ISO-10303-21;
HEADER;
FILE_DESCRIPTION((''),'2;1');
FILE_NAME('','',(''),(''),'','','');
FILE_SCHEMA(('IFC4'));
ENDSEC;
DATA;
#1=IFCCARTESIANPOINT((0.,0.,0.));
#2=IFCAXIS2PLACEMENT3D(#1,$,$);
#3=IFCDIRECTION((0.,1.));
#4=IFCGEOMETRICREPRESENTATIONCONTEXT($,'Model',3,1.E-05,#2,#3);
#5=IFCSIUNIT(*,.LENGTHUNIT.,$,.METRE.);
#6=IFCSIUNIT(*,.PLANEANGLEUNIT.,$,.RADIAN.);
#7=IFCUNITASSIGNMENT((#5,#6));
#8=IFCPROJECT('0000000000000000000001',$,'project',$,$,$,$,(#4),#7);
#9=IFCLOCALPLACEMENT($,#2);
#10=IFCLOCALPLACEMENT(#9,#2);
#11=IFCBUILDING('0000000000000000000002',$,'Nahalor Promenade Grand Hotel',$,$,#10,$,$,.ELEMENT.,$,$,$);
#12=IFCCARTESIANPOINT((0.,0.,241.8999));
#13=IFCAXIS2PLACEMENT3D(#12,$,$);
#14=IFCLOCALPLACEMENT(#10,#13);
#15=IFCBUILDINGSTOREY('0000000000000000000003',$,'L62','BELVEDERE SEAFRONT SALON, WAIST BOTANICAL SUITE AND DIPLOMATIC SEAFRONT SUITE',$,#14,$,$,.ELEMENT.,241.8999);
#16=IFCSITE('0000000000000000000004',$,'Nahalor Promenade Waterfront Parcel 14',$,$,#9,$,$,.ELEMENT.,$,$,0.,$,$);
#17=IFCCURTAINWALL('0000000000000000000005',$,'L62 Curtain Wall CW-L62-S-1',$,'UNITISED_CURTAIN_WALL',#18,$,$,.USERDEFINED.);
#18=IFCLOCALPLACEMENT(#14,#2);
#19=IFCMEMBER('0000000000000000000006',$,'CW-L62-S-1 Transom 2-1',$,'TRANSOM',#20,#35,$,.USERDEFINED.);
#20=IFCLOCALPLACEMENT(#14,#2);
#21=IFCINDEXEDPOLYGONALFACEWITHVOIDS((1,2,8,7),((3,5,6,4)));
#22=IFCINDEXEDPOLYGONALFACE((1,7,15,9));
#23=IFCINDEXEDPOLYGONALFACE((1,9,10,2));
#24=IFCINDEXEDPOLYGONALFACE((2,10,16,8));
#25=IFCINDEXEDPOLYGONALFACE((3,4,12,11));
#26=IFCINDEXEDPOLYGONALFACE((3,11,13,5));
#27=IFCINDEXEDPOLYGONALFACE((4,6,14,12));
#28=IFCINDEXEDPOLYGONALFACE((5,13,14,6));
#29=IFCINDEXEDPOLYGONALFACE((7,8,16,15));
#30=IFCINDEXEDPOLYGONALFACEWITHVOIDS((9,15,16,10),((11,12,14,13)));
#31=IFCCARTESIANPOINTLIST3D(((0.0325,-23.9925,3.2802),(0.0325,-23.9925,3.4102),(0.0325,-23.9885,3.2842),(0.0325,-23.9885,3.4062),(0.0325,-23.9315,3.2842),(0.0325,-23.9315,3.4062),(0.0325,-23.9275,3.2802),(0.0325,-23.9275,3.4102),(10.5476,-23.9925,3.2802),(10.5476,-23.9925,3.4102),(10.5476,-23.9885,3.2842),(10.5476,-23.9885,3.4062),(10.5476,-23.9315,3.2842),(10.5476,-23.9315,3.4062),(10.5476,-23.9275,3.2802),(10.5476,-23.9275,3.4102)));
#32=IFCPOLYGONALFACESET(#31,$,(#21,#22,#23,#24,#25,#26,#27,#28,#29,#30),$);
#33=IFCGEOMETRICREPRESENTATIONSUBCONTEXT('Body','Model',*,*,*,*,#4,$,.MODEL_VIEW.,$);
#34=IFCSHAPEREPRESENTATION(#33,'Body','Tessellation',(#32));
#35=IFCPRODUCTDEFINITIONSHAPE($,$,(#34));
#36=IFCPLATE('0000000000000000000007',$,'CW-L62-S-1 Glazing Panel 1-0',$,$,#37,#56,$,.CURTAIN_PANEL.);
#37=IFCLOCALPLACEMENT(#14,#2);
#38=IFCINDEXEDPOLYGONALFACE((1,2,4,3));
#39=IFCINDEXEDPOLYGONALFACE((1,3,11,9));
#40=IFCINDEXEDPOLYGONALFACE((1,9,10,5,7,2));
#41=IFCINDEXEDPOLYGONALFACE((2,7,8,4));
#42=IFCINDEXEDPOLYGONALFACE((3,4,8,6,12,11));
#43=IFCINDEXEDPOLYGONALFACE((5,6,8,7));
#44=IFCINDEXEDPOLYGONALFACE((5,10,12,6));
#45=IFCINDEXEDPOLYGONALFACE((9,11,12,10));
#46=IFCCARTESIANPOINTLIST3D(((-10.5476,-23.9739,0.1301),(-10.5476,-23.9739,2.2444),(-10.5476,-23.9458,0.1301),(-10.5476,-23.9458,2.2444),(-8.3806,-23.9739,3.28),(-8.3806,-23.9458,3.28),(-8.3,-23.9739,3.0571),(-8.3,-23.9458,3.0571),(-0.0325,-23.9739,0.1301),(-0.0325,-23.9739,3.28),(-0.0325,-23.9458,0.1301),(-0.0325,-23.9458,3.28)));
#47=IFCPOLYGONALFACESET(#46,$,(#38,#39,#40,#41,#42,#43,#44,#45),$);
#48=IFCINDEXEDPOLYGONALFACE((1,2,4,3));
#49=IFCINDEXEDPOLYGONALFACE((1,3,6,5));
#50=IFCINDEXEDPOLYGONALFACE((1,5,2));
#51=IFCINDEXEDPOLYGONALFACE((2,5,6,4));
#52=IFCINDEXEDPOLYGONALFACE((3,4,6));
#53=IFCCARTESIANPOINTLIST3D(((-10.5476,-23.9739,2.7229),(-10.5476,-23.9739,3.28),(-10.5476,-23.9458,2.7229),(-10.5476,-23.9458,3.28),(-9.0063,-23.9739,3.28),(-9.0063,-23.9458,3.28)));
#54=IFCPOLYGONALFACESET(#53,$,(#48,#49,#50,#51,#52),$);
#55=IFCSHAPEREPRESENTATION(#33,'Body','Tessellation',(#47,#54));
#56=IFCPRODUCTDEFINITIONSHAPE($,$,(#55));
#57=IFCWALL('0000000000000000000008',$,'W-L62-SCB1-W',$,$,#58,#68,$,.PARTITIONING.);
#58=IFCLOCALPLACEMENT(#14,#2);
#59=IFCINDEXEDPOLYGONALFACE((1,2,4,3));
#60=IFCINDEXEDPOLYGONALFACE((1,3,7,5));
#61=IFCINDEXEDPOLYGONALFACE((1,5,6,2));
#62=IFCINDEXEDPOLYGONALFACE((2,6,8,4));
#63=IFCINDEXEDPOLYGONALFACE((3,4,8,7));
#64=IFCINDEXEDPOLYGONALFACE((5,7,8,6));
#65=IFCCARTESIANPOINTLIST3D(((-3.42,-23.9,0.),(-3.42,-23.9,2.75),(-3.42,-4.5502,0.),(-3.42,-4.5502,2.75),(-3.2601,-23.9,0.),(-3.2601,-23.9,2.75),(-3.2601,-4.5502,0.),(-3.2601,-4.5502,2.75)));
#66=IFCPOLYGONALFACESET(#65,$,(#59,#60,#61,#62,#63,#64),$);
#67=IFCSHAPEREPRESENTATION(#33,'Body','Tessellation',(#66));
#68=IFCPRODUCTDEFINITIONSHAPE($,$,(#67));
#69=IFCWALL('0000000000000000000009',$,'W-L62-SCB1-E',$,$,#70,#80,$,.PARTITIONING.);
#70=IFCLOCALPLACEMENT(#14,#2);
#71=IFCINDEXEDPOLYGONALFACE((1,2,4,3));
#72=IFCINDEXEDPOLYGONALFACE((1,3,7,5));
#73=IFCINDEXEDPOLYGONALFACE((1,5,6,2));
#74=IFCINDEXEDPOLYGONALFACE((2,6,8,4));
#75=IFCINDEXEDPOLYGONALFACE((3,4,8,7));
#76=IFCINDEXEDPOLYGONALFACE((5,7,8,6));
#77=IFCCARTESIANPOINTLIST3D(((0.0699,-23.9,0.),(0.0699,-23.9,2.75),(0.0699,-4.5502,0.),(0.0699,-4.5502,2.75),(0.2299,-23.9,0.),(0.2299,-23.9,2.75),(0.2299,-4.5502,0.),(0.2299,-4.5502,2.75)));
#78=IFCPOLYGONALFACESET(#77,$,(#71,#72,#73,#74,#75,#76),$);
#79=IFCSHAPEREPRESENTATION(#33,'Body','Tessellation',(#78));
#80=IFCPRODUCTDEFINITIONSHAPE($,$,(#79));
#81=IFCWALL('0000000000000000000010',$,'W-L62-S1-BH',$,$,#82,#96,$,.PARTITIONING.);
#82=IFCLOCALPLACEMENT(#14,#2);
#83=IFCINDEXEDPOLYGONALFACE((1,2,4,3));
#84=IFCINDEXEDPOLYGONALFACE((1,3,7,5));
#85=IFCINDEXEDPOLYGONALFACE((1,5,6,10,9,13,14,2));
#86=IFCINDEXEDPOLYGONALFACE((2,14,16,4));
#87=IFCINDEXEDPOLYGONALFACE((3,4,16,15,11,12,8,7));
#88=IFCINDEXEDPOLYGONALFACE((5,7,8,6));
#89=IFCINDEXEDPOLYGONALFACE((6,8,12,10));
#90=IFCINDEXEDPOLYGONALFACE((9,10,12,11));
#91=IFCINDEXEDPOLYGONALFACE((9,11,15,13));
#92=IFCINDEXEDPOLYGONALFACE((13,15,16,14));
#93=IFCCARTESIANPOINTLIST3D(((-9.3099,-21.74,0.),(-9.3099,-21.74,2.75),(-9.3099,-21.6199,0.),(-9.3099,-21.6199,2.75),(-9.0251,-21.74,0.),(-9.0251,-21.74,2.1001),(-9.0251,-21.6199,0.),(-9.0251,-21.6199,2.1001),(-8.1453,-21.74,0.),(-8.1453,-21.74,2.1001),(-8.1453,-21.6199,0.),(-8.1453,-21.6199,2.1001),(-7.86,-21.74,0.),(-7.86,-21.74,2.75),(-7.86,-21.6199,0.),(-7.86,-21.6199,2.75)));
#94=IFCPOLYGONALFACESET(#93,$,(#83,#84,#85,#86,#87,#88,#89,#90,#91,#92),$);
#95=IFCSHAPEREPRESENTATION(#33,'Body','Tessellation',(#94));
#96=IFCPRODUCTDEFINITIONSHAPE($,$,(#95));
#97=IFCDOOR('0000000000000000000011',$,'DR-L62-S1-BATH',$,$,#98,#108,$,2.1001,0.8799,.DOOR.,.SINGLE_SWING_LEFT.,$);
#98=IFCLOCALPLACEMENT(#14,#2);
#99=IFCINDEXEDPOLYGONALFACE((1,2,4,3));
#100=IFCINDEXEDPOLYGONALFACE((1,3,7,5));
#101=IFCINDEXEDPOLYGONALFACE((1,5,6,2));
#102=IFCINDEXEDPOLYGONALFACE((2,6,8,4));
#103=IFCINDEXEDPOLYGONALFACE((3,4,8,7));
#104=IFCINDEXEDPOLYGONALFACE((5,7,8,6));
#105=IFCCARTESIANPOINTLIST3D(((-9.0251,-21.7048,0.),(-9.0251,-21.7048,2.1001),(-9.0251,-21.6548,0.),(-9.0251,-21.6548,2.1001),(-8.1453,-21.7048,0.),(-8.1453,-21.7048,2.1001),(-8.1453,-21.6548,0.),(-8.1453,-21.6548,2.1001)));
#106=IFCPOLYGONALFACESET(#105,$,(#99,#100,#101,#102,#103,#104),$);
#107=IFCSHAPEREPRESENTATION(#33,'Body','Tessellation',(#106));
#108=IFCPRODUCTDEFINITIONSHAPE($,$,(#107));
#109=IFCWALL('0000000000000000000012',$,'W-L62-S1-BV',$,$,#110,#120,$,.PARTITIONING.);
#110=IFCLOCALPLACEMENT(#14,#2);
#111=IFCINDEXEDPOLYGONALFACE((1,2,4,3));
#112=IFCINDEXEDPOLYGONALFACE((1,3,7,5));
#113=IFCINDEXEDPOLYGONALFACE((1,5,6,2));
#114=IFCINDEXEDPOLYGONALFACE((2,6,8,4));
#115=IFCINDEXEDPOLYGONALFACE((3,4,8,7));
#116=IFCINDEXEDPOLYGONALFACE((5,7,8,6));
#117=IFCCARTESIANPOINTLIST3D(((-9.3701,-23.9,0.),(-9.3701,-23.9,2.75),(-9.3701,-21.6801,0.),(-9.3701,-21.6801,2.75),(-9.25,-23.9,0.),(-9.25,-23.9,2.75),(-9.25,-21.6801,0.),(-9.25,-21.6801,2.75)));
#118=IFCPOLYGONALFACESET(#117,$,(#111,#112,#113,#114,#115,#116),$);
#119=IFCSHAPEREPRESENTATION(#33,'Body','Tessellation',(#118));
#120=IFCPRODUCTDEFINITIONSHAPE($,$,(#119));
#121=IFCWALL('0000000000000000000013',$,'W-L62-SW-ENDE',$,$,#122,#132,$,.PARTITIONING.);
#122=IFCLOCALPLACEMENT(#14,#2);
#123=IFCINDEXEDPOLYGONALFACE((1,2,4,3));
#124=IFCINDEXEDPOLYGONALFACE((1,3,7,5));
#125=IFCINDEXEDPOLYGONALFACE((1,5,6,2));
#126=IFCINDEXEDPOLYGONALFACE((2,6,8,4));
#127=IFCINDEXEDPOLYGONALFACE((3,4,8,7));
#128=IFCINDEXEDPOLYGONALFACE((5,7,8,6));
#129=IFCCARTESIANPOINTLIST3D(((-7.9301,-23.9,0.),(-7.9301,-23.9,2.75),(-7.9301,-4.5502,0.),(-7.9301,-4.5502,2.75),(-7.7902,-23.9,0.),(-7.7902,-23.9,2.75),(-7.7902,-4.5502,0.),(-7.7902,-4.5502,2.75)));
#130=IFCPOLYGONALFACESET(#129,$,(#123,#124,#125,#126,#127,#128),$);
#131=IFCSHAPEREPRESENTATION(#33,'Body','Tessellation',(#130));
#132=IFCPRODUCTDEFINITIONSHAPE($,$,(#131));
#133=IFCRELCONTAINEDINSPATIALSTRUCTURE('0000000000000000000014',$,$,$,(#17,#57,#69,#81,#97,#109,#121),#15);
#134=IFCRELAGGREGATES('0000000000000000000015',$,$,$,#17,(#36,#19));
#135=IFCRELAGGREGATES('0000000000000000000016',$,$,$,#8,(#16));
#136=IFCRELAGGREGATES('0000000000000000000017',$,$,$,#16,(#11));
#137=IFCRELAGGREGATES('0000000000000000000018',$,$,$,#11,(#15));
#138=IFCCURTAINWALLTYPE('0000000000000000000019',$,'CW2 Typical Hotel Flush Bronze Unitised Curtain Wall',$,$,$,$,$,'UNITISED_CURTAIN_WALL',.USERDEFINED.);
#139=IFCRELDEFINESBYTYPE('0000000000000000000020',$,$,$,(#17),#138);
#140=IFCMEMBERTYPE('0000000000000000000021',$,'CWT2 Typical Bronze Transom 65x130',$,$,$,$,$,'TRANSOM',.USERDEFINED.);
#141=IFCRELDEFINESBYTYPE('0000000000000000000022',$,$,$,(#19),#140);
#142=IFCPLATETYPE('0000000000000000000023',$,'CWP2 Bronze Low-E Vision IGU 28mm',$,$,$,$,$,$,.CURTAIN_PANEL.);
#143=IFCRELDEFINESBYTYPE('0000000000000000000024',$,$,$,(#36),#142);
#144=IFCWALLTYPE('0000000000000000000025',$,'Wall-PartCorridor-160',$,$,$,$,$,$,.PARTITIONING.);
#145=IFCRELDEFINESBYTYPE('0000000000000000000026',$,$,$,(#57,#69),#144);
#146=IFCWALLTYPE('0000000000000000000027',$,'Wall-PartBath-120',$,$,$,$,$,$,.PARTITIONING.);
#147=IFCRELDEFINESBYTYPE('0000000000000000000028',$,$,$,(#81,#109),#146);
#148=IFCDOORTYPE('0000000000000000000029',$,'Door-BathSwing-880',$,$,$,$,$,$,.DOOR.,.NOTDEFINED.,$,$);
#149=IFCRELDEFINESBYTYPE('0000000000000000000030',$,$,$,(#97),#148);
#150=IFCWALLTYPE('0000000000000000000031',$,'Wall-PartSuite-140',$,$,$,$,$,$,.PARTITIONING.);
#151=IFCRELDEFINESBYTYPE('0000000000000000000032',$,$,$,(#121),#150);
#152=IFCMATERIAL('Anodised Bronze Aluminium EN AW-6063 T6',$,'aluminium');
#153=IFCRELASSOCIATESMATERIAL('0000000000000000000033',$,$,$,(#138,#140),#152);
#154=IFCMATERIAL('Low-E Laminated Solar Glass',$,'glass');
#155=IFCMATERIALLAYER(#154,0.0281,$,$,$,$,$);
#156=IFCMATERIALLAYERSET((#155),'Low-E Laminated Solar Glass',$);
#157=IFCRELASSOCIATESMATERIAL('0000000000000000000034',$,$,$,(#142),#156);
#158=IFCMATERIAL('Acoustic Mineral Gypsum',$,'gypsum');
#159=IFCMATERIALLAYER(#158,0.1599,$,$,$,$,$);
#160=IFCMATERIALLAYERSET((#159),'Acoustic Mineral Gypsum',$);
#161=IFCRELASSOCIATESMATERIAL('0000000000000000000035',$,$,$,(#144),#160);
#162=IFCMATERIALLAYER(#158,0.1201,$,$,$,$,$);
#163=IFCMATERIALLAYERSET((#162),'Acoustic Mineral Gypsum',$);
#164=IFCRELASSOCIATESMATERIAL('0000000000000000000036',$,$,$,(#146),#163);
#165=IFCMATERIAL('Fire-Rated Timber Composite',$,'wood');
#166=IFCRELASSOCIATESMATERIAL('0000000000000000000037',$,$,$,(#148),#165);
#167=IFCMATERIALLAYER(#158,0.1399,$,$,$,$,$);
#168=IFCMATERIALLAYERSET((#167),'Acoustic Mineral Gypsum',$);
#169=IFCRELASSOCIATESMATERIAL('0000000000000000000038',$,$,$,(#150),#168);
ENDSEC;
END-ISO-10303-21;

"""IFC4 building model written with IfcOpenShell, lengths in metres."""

from ifc_helpers import new_model, si_unit, direction, frame, frame_2d, origin, origin_2d, place, context, subcontext, project, spatial, polyline, rectangle, hollow_rectangle, outline, extrude, source, transform, mapped, material, layer, layer_set, material_profile, profile_set, type_object, element, fill, aggregate, save


model = new_model("IFC4")

# Units and contexts
model_context = context("Model", 3, precision=1e-05, world=origin(), true_north=direction((0.0, 1.0)))
body_context = subcontext(model_context, "Body", "Model", "MODEL_VIEW")
ifc_project = project(units=[si_unit("LENGTHUNIT", "METRE"), si_unit("PLANEANGLEUNIT", "RADIAN")], contexts=[model_context])

# Site, building, storey
site_placement = place(None, origin())
site = spatial("IfcSite", under=ifc_project, at=site_placement, Name="Nahalor Promenade Waterfront Parcel 14", CompositionType="ELEMENT", RefElevation=0.0)
building_placement = place(site_placement, origin())
building = spatial("IfcBuilding", under=site, at=building_placement, Name="Nahalor Promenade Grand Hotel", CompositionType="ELEMENT")
storey_placement = place(building_placement, frame((0.0, 0.0, 241.8999)))
storey = spatial("IfcBuildingStorey", under=building, at=storey_placement, Name="L62", Description="BELVEDERE SEAFRONT SALON, WAIST BOTANICAL SUITE AND DIPLOMATIC SEAFRONT SUITE", CompositionType="ELEMENT", Elevation=241.8999)

# Curtain wall, member, plate
ifc_material_1 = material(Name="Anodised Bronze Aluminium EN AW-6063 T6", Category="aluminium")
curtain_wall_type = type_object("IfcCurtainWallType", Name="CW2 Typical Hotel Flush Bronze Unitised Curtain Wall", ElementType="UNITISED_CURTAIN_WALL", PredefinedType="USERDEFINED", material=ifc_material_1)
curtain_wall_placement = place(storey_placement, origin())
curtain_wall = element("IfcCurtainWall", 1, at=curtain_wall_placement, inside=storey, type_object=curtain_wall_type, Name="L62 Curtain Wall CW-L62-S-1", ObjectType="UNITISED_CURTAIN_WALL", PredefinedType="USERDEFINED")
ifc_material_profile_1 = material_profile(ifc_material_1, hollow_rectangle(XDim=0.065, YDim=0.13, WallThickness=0.004, at=origin_2d()), Name="CWT 65x130x4")
ifc_profile_set_1 = profile_set([ifc_material_profile_1], Name="Anodised Bronze Aluminium EN AW-6063 T6")
member_type_1 = type_object("IfcMemberType", Name="CWT2 Typical Bronze Transom 65x130", ElementType="TRANSOM", PredefinedType="USERDEFINED", material=ifc_profile_set_1)
shared_shape_1 = source(origin(), body_context, "Body", "SweptSolid", [
    extrude(hollow_rectangle(XDim=0.065, YDim=0.13, WallThickness=0.004, at=origin_2d()), origin(), (0.0, 0.0, 1.0), 10.5151),
])
member_1_placement = place(storey_placement, frame((0.0325, -23.96, 3.3452), z_axis=(1.0, 0.0, 0.0), x_axis=(0.0, 1.0, 0.0)))
member_1 = element("IfcMember", 2, at=member_1_placement, type_object=member_type_1, Name="CW-L62-S-1 Transom 2-1", ObjectType="TRANSOM", PredefinedType="USERDEFINED", context=body_context, shape_type="MappedRepresentation", body=[
    mapped(shared_shape_1, transform((0.0, 0.0, 0.0), scale=1.0)),
])
ifc_material_2 = material(Name="Low-E Laminated Solar Glass", Category="glass")
ifc_layer_1 = layer(ifc_material_2, 0.0281)
ifc_layer_set_1 = layer_set([ifc_layer_1], Name="Low-E Laminated Solar Glass")
plate_type = type_object("IfcPlateType", Name="CWP2 Bronze Low-E Vision IGU 28mm", PredefinedType="CURTAIN_PANEL", material=ifc_layer_set_1)
plate_placement = place(storey_placement, frame((-5.29, -23.96, 0.1301), z_axis=(0.0, 0.0, 1.0), x_axis=(1.0, 0.0, 0.0)))
plate = element("IfcPlate", 3, at=plate_placement, type_object=plate_type, Name="CW-L62-S-1 Glazing Panel 1-0", PredefinedType="CURTAIN_PANEL", context=body_context, shape_type="SweptSolid", body=[
    extrude(outline(polyline([(5.2576, 0.0), (5.2576, 3.1499), (-3.0906, 3.1499), (-3.01, 2.927), (-5.2576, 2.1143), (-5.2576, 0.0), (5.2576, 0.0)])), frame((0.0, 0.0142, 0.0), z_axis=(0.0, -1.0, 0.0), x_axis=(1.0, 0.0, 0.0)), (0.0, 0.0, 1.0), 0.0281),
    extrude(outline(polyline([(-3.7163, 3.1499), (-5.2576, 3.1499), (-5.2576, 2.5928), (-3.7163, 3.1499)])), frame((0.0, 0.0142, 0.0), z_axis=(0.0, -1.0, 0.0), x_axis=(1.0, 0.0, 0.0)), (0.0, 0.0, 1.0), 0.0281),
])
aggregate(curtain_wall, [plate, member_1])

# Walls
ifc_material_3 = material(Name="Acoustic Mineral Gypsum", Category="gypsum")
ifc_layer_2 = layer(ifc_material_3, 0.1599)
ifc_layer_set_2 = layer_set([ifc_layer_2], Name="Acoustic Mineral Gypsum")
wall_type_1 = type_object("IfcWallType", Name="Wall-PartCorridor-160", PredefinedType="PARTITIONING", material=ifc_layer_set_2)
shared_shape_2 = source(origin(), body_context, "Body", "SweptSolid", [
    extrude(rectangle(XDim=19.3499, YDim=0.1599, at=frame_2d((9.6748, 0.0))), origin(), (0.0, 0.0, 1.0), 2.75),
])
for number, where, z_axis, x_axis, name in (
    (4, (-3.3401, -23.8999, 0.0), (0.0, 0.0, 1.0), (0.0, 1.0, 0.0), "W-L62-SCB1-W"),
    (5, (0.1499, -23.8999, 0.0), (0.0, 0.0, 1.0), (0.0, 1.0, 0.0), "W-L62-SCB1-E"),
):
    element("IfcWall", number, at=place(storey_placement, frame(where, z_axis=z_axis, x_axis=x_axis)), inside=storey, type_object=wall_type_1, Name=name, PredefinedType="PARTITIONING", context=body_context, shape_type="MappedRepresentation", body=[
        mapped(shared_shape_2, transform((0.0, 0.0, 0.0), scale=1.0)),
    ])

# Wall, opening, door
ifc_layer_3 = layer(ifc_material_3, 0.1201)
ifc_layer_set_3 = layer_set([ifc_layer_3], Name="Acoustic Mineral Gypsum")
wall_type_2 = type_object("IfcWallType", Name="Wall-PartBath-120", PredefinedType="PARTITIONING", material=ifc_layer_set_3)
shared_shape_3 = source(origin(), body_context, "Body", "SweptSolid", [
    extrude(rectangle(XDim=1.45, YDim=0.1201, at=frame_2d((0.7251, 0.0))), origin(), (0.0, 0.0, 1.0), 2.75),
])
wall_1_placement = place(storey_placement, frame((-9.3101, -21.6799, 0.0), z_axis=(0.0, 0.0, 1.0), x_axis=(1.0, 0.0, 0.0)))
wall_1 = element("IfcWall", 6, at=wall_1_placement, inside=storey, type_object=wall_type_2, Name="W-L62-S1-BH", PredefinedType="PARTITIONING", context=body_context, shape_type="MappedRepresentation", body=[
    mapped(shared_shape_3, transform((0.0, 0.0, 0.0), scale=1.0)),
])
opening_placement = place(wall_1_placement, frame((0.2849, 0.0, 0.0)))
opening = element("IfcOpeningElement", 7, at=opening_placement, cuts=wall_1, PredefinedType="OPENING", context=body_context, shape_type="SweptSolid", body=[
    extrude(rectangle(XDim=0.8799, YDim=2.1001, at=frame_2d((0.4399, 1.05))), frame((0.0, 0.0701, 0.0), z_axis=(0.0, -1.0, 0.0), x_axis=(1.0, 0.0, 0.0)), (0.0, 0.0, 1.0), 0.1401),
])
ifc_material_4 = material(Name="Fire-Rated Timber Composite", Category="wood")
door_type = type_object("IfcDoorType", Name="Door-BathSwing-880", OperationType="NOTDEFINED", PredefinedType="DOOR", material=ifc_material_4)
shared_shape_4 = source(origin(), body_context, "Body", "SweptSolid", [
    extrude(rectangle(XDim=0.8799, YDim=2.1001, at=frame_2d((0.4399, 1.05))), frame((0.0, 0.0249, 0.0), z_axis=(0.0, -1.0, 0.0), x_axis=(1.0, 0.0, 0.0)), (0.0, 0.0, 1.0), 0.05),
])
door_placement = place(opening_placement, frame((0.8799, 0.0, 0.0), z_axis=(0.0, 0.0, 1.0), x_axis=(-1.0, 0.0, 0.0)))
door = element("IfcDoor", 8, at=door_placement, inside=storey, type_object=door_type, Name="DR-L62-S1-BATH", OperationType="SINGLE_SWING_LEFT", OverallHeight=2.1001, OverallWidth=0.8799, PredefinedType="DOOR", context=body_context, shape_type="MappedRepresentation", body=[
    mapped(shared_shape_4, transform((0.0, 0.0, 0.0), scale=1.0)),
])
fill(opening, door)

# Walls
shared_shape_5 = source(origin(), body_context, "Body", "SweptSolid", [
    extrude(rectangle(XDim=2.22, YDim=0.1201, at=frame_2d((1.1099, 0.0))), origin(), (0.0, 0.0, 1.0), 2.75),
])
wall_2_placement = place(storey_placement, frame((-9.3101, -23.8999, 0.0), z_axis=(0.0, 0.0, 1.0), x_axis=(0.0, 1.0, 0.0)))
element("IfcWall", 9, at=wall_2_placement, inside=storey, type_object=wall_type_2, Name="W-L62-S1-BV", PredefinedType="PARTITIONING", context=body_context, shape_type="MappedRepresentation", body=[
    mapped(shared_shape_5, transform((0.0, 0.0, 0.0), scale=1.0)),
])
ifc_layer_4 = layer(ifc_material_3, 0.1399)
ifc_layer_set_4 = layer_set([ifc_layer_4], Name="Acoustic Mineral Gypsum")
wall_type_3 = type_object("IfcWallType", Name="Wall-PartSuite-140", PredefinedType="PARTITIONING", material=ifc_layer_set_4)
shared_shape_6 = source(origin(), body_context, "Body", "SweptSolid", [
    extrude(rectangle(XDim=19.3499, YDim=0.1399, at=frame_2d((9.6748, 0.0))), origin(), (0.0, 0.0, 1.0), 2.75),
])
wall_3_placement = place(storey_placement, frame((-7.8601, -23.8999, 0.0), z_axis=(0.0, 0.0, 1.0), x_axis=(0.0, 1.0, 0.0)))
element("IfcWall", 10, at=wall_3_placement, inside=storey, type_object=wall_type_3, Name="W-L62-SW-ENDE", PredefinedType="PARTITIONING", context=body_context, shape_type="MappedRepresentation", body=[
    mapped(shared_shape_6, transform((0.0, 0.0, 0.0), scale=1.0)),
])

save(model, "model.ifc")
